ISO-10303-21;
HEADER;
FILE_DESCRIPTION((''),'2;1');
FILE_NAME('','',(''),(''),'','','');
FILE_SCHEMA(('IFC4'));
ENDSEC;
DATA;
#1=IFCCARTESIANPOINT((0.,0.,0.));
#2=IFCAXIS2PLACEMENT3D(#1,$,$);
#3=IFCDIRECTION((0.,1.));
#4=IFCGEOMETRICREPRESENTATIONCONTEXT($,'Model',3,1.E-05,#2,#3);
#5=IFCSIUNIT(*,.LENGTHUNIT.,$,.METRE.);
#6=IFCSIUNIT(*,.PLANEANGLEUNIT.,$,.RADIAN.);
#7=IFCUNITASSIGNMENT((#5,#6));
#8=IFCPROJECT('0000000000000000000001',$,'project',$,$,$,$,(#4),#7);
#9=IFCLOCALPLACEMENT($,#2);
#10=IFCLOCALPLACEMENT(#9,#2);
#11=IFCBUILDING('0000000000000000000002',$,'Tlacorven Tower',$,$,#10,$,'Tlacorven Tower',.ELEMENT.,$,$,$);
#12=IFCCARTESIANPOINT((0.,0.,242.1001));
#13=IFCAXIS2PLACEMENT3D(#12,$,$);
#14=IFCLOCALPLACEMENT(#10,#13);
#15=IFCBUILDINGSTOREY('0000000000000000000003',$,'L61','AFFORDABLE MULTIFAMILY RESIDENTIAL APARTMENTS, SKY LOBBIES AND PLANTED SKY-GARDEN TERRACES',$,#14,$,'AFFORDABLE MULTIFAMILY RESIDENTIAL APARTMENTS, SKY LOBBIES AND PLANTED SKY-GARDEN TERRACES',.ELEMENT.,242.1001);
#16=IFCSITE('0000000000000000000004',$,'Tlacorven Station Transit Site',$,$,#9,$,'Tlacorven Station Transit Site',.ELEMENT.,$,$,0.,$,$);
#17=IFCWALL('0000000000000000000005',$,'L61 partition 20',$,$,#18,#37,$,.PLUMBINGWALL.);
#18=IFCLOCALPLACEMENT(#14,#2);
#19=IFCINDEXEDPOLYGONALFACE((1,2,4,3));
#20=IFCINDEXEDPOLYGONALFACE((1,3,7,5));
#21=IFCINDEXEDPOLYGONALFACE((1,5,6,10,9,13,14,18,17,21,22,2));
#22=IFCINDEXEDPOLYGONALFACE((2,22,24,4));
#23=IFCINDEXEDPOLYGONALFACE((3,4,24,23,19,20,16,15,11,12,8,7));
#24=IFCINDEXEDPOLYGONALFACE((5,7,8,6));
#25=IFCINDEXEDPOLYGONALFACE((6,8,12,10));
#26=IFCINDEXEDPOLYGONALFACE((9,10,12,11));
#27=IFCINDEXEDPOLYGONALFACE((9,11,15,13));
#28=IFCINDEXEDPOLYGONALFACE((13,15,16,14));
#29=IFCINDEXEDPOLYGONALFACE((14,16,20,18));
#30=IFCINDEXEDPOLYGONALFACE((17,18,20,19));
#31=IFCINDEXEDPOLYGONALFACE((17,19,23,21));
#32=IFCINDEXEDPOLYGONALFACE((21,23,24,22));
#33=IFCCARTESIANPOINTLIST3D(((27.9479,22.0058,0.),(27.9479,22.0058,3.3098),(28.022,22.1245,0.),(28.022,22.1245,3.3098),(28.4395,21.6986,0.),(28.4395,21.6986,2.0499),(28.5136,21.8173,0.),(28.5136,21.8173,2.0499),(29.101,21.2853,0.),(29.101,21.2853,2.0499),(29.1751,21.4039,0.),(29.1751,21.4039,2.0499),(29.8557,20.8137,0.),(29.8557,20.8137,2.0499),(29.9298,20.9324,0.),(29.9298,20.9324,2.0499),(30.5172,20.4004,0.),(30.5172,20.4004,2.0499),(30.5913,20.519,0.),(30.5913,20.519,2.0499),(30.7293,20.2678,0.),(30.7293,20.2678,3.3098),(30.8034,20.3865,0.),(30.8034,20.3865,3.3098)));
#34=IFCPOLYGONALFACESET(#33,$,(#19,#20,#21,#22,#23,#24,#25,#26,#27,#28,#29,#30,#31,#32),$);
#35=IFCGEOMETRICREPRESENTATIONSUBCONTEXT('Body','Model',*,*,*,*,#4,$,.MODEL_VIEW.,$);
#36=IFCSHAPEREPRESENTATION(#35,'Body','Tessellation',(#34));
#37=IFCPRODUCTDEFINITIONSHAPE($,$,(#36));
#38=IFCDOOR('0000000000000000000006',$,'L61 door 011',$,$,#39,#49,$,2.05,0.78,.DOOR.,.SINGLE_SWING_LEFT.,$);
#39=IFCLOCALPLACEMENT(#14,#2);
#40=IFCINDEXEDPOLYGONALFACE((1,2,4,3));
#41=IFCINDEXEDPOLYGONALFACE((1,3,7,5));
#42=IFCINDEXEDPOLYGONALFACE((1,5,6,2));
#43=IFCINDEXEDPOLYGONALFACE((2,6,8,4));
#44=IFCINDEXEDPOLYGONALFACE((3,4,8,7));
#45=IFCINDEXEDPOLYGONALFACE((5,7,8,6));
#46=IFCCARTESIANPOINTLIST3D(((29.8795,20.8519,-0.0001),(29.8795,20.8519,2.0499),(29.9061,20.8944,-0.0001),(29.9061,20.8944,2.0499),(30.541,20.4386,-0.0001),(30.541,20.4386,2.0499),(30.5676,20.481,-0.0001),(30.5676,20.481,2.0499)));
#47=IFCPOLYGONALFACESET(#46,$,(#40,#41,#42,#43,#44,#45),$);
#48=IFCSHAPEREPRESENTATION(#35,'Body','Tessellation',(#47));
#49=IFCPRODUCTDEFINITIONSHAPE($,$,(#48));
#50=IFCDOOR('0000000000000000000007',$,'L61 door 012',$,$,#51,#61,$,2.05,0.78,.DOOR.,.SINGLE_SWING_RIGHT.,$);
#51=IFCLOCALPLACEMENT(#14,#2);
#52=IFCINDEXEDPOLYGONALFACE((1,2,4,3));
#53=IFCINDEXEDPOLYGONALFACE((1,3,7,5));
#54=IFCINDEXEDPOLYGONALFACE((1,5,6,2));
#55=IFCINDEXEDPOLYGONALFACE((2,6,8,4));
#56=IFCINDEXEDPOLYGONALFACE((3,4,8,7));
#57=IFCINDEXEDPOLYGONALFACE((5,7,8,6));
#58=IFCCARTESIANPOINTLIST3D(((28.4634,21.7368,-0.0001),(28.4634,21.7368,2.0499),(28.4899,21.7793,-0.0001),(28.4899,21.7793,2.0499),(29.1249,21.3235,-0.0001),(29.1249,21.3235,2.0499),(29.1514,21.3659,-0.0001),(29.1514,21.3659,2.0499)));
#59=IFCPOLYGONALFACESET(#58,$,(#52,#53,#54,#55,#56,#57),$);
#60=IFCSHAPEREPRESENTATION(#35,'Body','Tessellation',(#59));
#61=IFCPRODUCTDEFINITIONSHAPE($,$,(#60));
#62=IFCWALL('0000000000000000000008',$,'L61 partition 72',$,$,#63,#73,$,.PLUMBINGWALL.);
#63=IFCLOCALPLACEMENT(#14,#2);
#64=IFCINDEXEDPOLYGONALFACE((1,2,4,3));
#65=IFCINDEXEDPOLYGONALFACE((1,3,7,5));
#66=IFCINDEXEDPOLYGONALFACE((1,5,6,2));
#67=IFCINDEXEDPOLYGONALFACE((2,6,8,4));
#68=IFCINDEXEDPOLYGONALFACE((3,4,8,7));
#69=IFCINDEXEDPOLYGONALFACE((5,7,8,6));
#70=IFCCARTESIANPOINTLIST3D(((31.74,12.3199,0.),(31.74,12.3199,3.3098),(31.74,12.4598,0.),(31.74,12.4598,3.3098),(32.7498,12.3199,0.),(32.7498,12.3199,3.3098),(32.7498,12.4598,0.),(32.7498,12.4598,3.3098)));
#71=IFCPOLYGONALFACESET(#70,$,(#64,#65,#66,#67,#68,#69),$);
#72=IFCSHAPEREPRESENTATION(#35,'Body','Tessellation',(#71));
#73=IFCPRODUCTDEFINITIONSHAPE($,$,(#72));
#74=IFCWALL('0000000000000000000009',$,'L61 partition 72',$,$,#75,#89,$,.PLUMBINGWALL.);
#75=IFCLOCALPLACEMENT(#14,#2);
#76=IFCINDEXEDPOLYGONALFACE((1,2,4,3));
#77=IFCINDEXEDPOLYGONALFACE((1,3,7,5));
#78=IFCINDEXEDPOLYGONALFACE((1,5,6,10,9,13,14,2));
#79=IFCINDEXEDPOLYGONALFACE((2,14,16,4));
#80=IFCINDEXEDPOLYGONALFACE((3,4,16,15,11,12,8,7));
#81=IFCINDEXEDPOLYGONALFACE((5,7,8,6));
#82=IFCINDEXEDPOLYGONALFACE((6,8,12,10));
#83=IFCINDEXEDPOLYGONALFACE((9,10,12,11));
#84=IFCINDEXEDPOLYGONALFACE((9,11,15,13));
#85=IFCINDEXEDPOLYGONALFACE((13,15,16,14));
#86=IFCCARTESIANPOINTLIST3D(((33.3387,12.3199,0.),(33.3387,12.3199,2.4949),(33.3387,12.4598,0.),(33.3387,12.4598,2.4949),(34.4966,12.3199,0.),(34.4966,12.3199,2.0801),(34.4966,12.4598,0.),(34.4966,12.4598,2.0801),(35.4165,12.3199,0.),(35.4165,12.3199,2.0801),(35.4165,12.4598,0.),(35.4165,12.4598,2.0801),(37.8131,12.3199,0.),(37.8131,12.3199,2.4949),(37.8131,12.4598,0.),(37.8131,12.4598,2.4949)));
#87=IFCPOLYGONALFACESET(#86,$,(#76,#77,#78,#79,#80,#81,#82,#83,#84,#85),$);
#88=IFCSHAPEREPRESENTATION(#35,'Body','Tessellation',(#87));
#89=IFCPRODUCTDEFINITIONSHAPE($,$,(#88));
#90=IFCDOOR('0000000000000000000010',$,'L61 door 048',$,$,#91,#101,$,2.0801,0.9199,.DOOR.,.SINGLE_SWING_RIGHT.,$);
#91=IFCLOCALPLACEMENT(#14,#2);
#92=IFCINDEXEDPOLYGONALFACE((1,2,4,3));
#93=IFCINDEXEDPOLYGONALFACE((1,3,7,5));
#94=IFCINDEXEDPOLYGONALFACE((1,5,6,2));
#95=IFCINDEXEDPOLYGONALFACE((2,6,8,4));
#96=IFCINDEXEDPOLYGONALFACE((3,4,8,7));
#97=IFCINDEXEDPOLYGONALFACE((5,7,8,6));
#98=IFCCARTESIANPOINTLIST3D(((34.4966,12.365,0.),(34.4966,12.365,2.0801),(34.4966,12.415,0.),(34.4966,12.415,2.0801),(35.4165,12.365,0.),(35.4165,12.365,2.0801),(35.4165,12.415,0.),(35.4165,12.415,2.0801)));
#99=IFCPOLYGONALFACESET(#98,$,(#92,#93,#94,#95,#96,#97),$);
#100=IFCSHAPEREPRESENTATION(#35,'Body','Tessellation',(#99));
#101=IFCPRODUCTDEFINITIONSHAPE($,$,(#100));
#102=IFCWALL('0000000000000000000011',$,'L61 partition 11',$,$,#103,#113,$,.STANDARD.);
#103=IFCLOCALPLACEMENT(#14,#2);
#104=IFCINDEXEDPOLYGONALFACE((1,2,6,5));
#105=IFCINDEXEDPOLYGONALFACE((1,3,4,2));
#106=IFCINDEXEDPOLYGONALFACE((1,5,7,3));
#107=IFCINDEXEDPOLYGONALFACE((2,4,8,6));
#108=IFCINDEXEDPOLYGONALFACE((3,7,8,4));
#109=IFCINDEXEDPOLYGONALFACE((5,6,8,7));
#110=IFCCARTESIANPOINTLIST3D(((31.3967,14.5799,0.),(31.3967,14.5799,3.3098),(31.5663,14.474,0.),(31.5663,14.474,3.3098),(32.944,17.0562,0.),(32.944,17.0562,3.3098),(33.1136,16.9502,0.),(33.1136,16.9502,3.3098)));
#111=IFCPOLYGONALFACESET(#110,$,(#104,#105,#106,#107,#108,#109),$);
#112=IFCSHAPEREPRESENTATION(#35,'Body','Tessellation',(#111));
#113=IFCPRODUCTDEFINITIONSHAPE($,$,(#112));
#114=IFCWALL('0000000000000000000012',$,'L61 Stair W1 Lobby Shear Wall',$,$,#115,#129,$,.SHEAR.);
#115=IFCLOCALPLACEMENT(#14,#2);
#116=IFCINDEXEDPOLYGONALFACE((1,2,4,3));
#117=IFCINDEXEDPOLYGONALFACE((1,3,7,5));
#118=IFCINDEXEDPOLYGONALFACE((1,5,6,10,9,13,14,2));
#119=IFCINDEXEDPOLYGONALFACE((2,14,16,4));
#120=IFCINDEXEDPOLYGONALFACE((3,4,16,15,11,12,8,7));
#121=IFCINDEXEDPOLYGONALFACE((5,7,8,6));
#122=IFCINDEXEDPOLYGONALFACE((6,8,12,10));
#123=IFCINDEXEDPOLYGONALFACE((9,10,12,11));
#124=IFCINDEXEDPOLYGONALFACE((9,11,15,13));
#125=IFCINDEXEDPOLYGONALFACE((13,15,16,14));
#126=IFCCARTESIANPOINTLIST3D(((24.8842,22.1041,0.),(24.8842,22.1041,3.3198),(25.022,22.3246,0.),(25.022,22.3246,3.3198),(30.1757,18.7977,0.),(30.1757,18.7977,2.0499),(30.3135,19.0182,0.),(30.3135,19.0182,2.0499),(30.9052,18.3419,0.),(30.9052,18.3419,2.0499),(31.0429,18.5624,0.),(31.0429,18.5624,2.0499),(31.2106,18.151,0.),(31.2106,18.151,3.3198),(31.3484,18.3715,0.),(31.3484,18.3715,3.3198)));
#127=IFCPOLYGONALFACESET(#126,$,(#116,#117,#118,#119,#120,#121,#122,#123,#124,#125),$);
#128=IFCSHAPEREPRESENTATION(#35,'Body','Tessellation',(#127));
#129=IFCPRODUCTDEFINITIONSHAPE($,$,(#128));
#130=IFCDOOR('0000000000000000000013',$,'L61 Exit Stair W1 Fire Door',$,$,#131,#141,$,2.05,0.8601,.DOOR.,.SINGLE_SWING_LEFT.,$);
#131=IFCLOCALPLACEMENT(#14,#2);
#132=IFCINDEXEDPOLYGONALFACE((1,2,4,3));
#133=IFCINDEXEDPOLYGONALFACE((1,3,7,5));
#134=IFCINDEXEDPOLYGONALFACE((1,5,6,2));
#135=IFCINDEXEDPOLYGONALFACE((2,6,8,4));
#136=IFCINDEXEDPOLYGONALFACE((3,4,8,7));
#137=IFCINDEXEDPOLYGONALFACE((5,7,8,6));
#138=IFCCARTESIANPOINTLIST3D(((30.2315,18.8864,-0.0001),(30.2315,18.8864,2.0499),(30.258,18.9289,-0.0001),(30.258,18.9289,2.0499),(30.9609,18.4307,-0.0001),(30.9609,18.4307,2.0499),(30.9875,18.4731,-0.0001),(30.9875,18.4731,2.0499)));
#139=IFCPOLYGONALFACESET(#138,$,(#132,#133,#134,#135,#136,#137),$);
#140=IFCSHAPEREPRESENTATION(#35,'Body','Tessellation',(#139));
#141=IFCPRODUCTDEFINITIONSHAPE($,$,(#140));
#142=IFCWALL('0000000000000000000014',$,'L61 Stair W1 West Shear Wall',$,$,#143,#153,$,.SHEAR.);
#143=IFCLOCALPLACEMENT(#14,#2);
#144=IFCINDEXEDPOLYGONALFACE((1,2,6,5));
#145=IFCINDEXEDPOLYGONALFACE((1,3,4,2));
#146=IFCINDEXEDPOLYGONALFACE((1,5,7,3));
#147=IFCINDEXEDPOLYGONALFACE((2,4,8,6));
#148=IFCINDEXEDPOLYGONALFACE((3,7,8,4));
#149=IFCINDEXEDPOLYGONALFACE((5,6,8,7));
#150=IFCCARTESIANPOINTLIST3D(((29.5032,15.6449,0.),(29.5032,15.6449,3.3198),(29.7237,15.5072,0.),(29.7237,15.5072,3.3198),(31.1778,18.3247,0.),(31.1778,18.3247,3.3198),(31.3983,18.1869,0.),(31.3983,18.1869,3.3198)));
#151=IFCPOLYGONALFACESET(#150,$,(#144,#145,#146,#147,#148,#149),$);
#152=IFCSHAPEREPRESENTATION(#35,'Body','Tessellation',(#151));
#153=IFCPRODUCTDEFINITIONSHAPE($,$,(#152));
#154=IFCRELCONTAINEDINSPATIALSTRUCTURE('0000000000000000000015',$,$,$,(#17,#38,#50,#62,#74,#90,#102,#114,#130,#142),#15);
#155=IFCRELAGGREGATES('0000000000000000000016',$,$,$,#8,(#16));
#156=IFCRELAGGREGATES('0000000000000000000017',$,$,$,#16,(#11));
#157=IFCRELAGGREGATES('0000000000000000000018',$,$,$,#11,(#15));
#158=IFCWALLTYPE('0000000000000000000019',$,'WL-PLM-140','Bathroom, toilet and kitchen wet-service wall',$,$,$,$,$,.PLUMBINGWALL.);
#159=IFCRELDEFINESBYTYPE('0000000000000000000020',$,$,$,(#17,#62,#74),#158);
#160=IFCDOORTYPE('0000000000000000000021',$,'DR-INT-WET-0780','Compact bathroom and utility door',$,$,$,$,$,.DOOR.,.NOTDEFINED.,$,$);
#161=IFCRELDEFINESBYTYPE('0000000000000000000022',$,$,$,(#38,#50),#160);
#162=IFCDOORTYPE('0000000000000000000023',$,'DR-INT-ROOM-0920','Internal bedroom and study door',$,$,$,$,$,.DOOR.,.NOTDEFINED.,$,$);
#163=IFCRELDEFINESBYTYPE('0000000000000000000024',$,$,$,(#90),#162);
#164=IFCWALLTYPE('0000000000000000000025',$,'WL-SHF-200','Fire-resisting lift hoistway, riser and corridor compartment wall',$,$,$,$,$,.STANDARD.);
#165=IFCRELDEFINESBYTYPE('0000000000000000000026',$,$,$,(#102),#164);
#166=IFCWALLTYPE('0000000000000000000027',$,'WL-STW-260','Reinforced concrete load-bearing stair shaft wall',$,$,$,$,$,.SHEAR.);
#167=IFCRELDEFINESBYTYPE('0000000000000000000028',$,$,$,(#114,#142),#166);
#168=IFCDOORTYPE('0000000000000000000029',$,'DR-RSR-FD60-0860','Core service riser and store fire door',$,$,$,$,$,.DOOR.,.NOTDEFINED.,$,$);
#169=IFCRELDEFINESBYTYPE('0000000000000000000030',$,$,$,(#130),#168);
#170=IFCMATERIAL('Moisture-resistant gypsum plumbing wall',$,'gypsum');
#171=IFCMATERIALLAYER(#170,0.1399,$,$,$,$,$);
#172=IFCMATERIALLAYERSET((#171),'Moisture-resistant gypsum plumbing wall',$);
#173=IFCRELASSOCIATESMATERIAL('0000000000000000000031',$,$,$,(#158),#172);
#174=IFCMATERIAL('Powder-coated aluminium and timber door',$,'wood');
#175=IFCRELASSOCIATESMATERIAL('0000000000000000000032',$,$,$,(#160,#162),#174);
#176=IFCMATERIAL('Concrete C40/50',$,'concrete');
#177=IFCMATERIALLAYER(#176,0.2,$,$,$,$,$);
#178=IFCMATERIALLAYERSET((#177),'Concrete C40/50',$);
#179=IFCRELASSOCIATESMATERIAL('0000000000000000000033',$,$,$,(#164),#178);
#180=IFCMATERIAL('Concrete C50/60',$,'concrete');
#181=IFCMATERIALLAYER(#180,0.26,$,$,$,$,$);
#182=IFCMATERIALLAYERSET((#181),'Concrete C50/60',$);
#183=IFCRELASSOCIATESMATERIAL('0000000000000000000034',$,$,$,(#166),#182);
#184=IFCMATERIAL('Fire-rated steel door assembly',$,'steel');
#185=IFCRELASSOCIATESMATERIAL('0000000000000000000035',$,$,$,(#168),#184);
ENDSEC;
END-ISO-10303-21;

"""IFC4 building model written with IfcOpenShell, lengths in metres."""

from ifc_helpers import new_model, si_unit, direction, frame, frame_2d, origin, place, context, subcontext, project, spatial, rectangle, extrude, source, transform, mapped, material, layer, layer_set, type_object, element, fill, save


model = new_model("IFC4")

# Units and contexts
model_context = context("Model", 3, precision=1e-05, world=origin(), true_north=direction((0.0, 1.0)))
body_context = subcontext(model_context, "Body", "Model", "MODEL_VIEW")
ifc_project = project(units=[si_unit("LENGTHUNIT", "METRE"), si_unit("PLANEANGLEUNIT", "RADIAN")], contexts=[model_context])

# Site, building, storey
site_placement = place(None, origin())
site = spatial("IfcSite", under=ifc_project, at=site_placement, Name="Tlacorven Station Transit Site", LongName="Tlacorven Station Transit Site", CompositionType="ELEMENT", RefElevation=0.0)
building_placement = place(site_placement, origin())
building = spatial("IfcBuilding", under=site, at=building_placement, Name="Tlacorven Tower", LongName="Tlacorven Tower", CompositionType="ELEMENT")
storey_placement = place(building_placement, frame((0.0, 0.0, 242.1001)))
storey = spatial("IfcBuildingStorey", under=building, at=storey_placement, Name="L61", Description="AFFORDABLE MULTIFAMILY RESIDENTIAL APARTMENTS, SKY LOBBIES AND PLANTED SKY-GARDEN TERRACES", LongName="AFFORDABLE MULTIFAMILY RESIDENTIAL APARTMENTS, SKY LOBBIES AND PLANTED SKY-GARDEN TERRACES", CompositionType="ELEMENT", Elevation=242.1001)

# Shared definitions
ifc_material_1 = material(Name="Concrete C50/60", Category="concrete")

# Shared definitions
ifc_material_2 = material(Name="Fire-rated steel door assembly", Category="steel")

# Wall, openings, doors
ifc_material_3 = material(Name="Moisture-resistant gypsum plumbing wall", Category="gypsum")
ifc_layer_1 = layer(ifc_material_3, 0.1399)
ifc_layer_set_1 = layer_set([ifc_layer_1], Name="Moisture-resistant gypsum plumbing wall")
wall_type_1 = type_object("IfcWallType", Name="WL-PLM-140", Description="Bathroom, toilet and kitchen wet-service wall", PredefinedType="PLUMBINGWALL", material=ifc_layer_set_1)
wall_1_placement = place(storey_placement, frame((30.7664, 20.3271, 0.0), z_axis=(0.0, 0.0, 1.0), x_axis=(-0.848053, 0.529912, 0.0)))
wall_1 = element("IfcWall", 1, at=wall_1_placement, inside=storey, type_object=wall_type_1, Name="L61 partition 20", PredefinedType="PLUMBINGWALL", context=body_context, shape_type="SweptSolid", body=[
    extrude(rectangle(XDim=3.2798, YDim=0.1399, at=frame_2d((1.6399, 0.0))), origin(), (0.0, 0.0, 1.0), 3.3098),
])
opening_1_placement = place(wall_1_placement, frame((0.25, 0.0, 0.0)))
opening_1 = element("IfcOpeningElement", 2, at=opening_1_placement, cuts=wall_1, PredefinedType="OPENING", context=body_context, shape_type="SweptSolid", body=[
    extrude(rectangle(XDim=0.78, YDim=2.05, at=frame_2d((0.3901, 1.0249))), frame((0.0, 0.0801, 0.0), z_axis=(0.0, -1.0, 0.0), x_axis=(1.0, 0.0, 0.0)), (0.0, 0.0, 1.0), 0.1599),
])
opening_2_placement = place(wall_1_placement, frame((1.9199, 0.0, 0.0)))
opening_2 = element("IfcOpeningElement", 3, at=opening_2_placement, cuts=wall_1, PredefinedType="OPENING", context=body_context, shape_type="SweptSolid", body=[
    extrude(rectangle(XDim=0.78, YDim=2.05, at=frame_2d((0.3901, 1.0249))), frame((0.0, 0.0801, 0.0), z_axis=(0.0, -1.0, 0.0), x_axis=(1.0, 0.0, 0.0)), (0.0, 0.0, 1.0), 0.1599),
])
ifc_material_4 = material(Name="Powder-coated aluminium and timber door", Category="wood")
door_type_1 = type_object("IfcDoorType", Name="DR-INT-WET-0780", Description="Compact bathroom and utility door", OperationType="NOTDEFINED", PredefinedType="DOOR", material=ifc_material_4)
shared_shape_1 = source(origin(), body_context, "Body", "SweptSolid", [
    extrude(rectangle(XDim=0.78, YDim=2.05, at=frame_2d((0.3901, 1.0249))), frame((0.0, 0.0249, 0.0), z_axis=(0.0, -1.0, 0.0), x_axis=(1.0, 0.0, 0.0)), (0.0, 0.0, 1.0), 0.05),
])
door_1_placement = place(opening_1_placement, origin())
door_1 = element("IfcDoor", 4, at=door_1_placement, inside=storey, type_object=door_type_1, Name="L61 door 011", OperationType="SINGLE_SWING_LEFT", OverallHeight=2.05, OverallWidth=0.78, PredefinedType="DOOR", context=body_context, shape_type="MappedRepresentation", body=[
    mapped(shared_shape_1, transform((0.0, 0.0, 0.0), scale=1.0)),
])
fill(opening_1, door_1)
door_2_placement = place(opening_2_placement, origin())
door_2 = element("IfcDoor", 5, at=door_2_placement, inside=storey, type_object=door_type_1, Name="L61 door 012", OperationType="SINGLE_SWING_RIGHT", OverallHeight=2.05, OverallWidth=0.78, PredefinedType="DOOR", context=body_context, shape_type="MappedRepresentation", body=[
    mapped(shared_shape_1, transform((0.0, 0.0, 0.0), scale=1.0)),
])
fill(opening_2, door_2)

# Wall
wall_2_placement = place(storey_placement, frame((31.74, 12.3899, 0.0), z_axis=(0.0, 0.0, 1.0), x_axis=(1.0, 0.0, 0.0)))
element("IfcWall", 6, at=wall_2_placement, inside=storey, type_object=wall_type_1, Name="L61 partition 72", PredefinedType="PLUMBINGWALL", context=body_context, shape_type="SweptSolid", body=[
    extrude(rectangle(XDim=1.0098, YDim=0.1399, at=frame_2d((0.5049, 0.0))), origin(), (0.0, 0.0, 1.0), 3.3098),
])

# Wall, opening, door
wall_3_placement = place(storey_placement, frame((33.3386, 12.3899, 0.0), z_axis=(0.0, 0.0, 1.0), x_axis=(1.0, 0.0, 0.0)))
wall_3 = element("IfcWall", 7, at=wall_3_placement, inside=storey, type_object=wall_type_1, Name="L61 partition 72", PredefinedType="PLUMBINGWALL", context=body_context, shape_type="SweptSolid", body=[
    extrude(rectangle(XDim=4.4744, YDim=0.1399, at=frame_2d((2.2373, 0.0))), origin(), (0.0, 0.0, 1.0), 2.4949),
])
opening_3_placement = place(wall_3_placement, frame((1.158, 0.0, 0.0)))
opening_3 = element("IfcOpeningElement", 8, at=opening_3_placement, cuts=wall_3, PredefinedType="OPENING", context=body_context, shape_type="SweptSolid", body=[
    extrude(rectangle(XDim=0.9199, YDim=2.0801, at=frame_2d((0.46, 1.04))), frame((0.0, 0.0801, 0.0), z_axis=(0.0, -1.0, 0.0), x_axis=(1.0, 0.0, 0.0)), (0.0, 0.0, 1.0), 0.1599),
])
door_type_2 = type_object("IfcDoorType", Name="DR-INT-ROOM-0920", Description="Internal bedroom and study door", OperationType="NOTDEFINED", PredefinedType="DOOR", material=ifc_material_4)
shared_shape_2 = source(origin(), body_context, "Body", "SweptSolid", [
    extrude(rectangle(XDim=0.9199, YDim=2.0801, at=frame_2d((0.46, 1.04))), frame((0.0, 0.0249, 0.0), z_axis=(0.0, -1.0, 0.0), x_axis=(1.0, 0.0, 0.0)), (0.0, 0.0, 1.0), 0.05),
])
door_3_placement = place(opening_3_placement, frame((0.9199, 0.0, 0.0), z_axis=(0.0, 0.0, 1.0), x_axis=(-1.0, 0.0, 0.0)))
door_3 = element("IfcDoor", 9, at=door_3_placement, inside=storey, type_object=door_type_2, Name="L61 door 048", OperationType="SINGLE_SWING_RIGHT", OverallHeight=2.0801, OverallWidth=0.9199, PredefinedType="DOOR", context=body_context, shape_type="MappedRepresentation", body=[
    mapped(shared_shape_2, transform((0.0, 0.0, 0.0), scale=1.0)),
])
fill(opening_3, door_3)

# Wall
ifc_material_5 = material(Name="Concrete C40/50", Category="concrete")
ifc_layer_2 = layer(ifc_material_5, 0.2)
ifc_layer_set_2 = layer_set([ifc_layer_2], Name="Concrete C40/50")
wall_type_2 = type_object("IfcWallType", Name="WL-SHF-200", Description="Fire-resisting lift hoistway, riser and corridor compartment wall", PredefinedType="STANDARD", material=ifc_layer_set_2)
wall_4_placement = place(storey_placement, frame((33.0288, 17.0032, 0.0), z_axis=(0.0, 0.0, 1.0), x_axis=(-0.529916, -0.84805, 0.0)))
element("IfcWall", 10, at=wall_4_placement, inside=storey, type_object=wall_type_2, Name="L61 partition 11", PredefinedType="STANDARD", context=body_context, shape_type="SweptSolid", body=[
    extrude(rectangle(XDim=2.9199, YDim=0.2, at=frame_2d((1.46, 0.0))), origin(), (0.0, 0.0, 1.0), 3.3098),
])

# Wall, opening, door
ifc_layer_3 = layer(ifc_material_1, 0.26)
ifc_layer_set_3 = layer_set([ifc_layer_3], Name="Concrete C50/60")
wall_type_3 = type_object("IfcWallType", Name="WL-STW-260", Description="Reinforced concrete load-bearing stair shaft wall", PredefinedType="SHEAR", material=ifc_layer_set_3)
wall_5_placement = place(storey_placement, frame((31.2795, 18.2612, 0.0), z_axis=(0.0, 0.0, 1.0), x_axis=(-0.848052, 0.529914, 0.0)))
wall_5 = element("IfcWall", 11, at=wall_5_placement, inside=storey, type_object=wall_type_3, Name="L61 Stair W1 Lobby Shear Wall", PredefinedType="SHEAR", context=body_context, shape_type="SweptSolid", body=[
    extrude(rectangle(XDim=7.46, YDim=0.26, at=frame_2d((3.73, 0.0))), origin(), (0.0, 0.0, 1.0), 3.3198),
])
opening_4_placement = place(wall_5_placement, frame((0.3601, 0.0, 0.0)))
opening_4 = element("IfcOpeningElement", 12, at=opening_4_placement, cuts=wall_5, PredefinedType="OPENING", context=body_context, shape_type="SweptSolid", body=[
    extrude(rectangle(XDim=0.8601, YDim=2.05, at=frame_2d((0.4302, 1.0249))), frame((0.0, 0.1401, 0.0), z_axis=(0.0, -1.0, 0.0), x_axis=(1.0, 0.0, 0.0)), (0.0, 0.0, 1.0), 0.28),
])
door_type_3 = type_object("IfcDoorType", Name="DR-RSR-FD60-0860", Description="Core service riser and store fire door", OperationType="NOTDEFINED", PredefinedType="DOOR", material=ifc_material_2)
shared_shape_3 = source(origin(), body_context, "Body", "SweptSolid", [
    extrude(rectangle(XDim=0.8601, YDim=2.05, at=frame_2d((0.4302, 1.0249))), frame((0.0, 0.0249, 0.0), z_axis=(0.0, -1.0, 0.0), x_axis=(1.0, 0.0, 0.0)), (0.0, 0.0, 1.0), 0.05),
])
door_4_placement = place(opening_4_placement, frame((0.8601, 0.0, 0.0), z_axis=(0.0, 0.0, 1.0), x_axis=(-1.0, 0.0, 0.0)))
door_4 = element("IfcDoor", 13, at=door_4_placement, inside=storey, type_object=door_type_3, Name="L61 Exit Stair W1 Fire Door", OperationType="SINGLE_SWING_LEFT", OverallHeight=2.05, OverallWidth=0.8601, PredefinedType="DOOR", context=body_context, shape_type="MappedRepresentation", body=[
    mapped(shared_shape_3, transform((0.0, 0.0, 0.0), scale=1.0)),
])
fill(opening_4, door_4)

# Wall
wall_6_placement = place(storey_placement, frame((31.2881, 18.2559, 0.0), z_axis=(0.0, 0.0, 1.0), x_axis=(-0.529943, -0.848033, 0.0)))
element("IfcWall", 14, at=wall_6_placement, inside=storey, type_object=wall_type_3, Name="L61 Stair W1 West Shear Wall", PredefinedType="SHEAR", context=body_context, shape_type="SweptSolid", body=[
    extrude(rectangle(XDim=3.1599, YDim=0.26, at=frame_2d((1.5801, 0.0))), origin(), (0.0, 0.0, 1.0), 3.3198),
])

save(model, "model.ifc")
